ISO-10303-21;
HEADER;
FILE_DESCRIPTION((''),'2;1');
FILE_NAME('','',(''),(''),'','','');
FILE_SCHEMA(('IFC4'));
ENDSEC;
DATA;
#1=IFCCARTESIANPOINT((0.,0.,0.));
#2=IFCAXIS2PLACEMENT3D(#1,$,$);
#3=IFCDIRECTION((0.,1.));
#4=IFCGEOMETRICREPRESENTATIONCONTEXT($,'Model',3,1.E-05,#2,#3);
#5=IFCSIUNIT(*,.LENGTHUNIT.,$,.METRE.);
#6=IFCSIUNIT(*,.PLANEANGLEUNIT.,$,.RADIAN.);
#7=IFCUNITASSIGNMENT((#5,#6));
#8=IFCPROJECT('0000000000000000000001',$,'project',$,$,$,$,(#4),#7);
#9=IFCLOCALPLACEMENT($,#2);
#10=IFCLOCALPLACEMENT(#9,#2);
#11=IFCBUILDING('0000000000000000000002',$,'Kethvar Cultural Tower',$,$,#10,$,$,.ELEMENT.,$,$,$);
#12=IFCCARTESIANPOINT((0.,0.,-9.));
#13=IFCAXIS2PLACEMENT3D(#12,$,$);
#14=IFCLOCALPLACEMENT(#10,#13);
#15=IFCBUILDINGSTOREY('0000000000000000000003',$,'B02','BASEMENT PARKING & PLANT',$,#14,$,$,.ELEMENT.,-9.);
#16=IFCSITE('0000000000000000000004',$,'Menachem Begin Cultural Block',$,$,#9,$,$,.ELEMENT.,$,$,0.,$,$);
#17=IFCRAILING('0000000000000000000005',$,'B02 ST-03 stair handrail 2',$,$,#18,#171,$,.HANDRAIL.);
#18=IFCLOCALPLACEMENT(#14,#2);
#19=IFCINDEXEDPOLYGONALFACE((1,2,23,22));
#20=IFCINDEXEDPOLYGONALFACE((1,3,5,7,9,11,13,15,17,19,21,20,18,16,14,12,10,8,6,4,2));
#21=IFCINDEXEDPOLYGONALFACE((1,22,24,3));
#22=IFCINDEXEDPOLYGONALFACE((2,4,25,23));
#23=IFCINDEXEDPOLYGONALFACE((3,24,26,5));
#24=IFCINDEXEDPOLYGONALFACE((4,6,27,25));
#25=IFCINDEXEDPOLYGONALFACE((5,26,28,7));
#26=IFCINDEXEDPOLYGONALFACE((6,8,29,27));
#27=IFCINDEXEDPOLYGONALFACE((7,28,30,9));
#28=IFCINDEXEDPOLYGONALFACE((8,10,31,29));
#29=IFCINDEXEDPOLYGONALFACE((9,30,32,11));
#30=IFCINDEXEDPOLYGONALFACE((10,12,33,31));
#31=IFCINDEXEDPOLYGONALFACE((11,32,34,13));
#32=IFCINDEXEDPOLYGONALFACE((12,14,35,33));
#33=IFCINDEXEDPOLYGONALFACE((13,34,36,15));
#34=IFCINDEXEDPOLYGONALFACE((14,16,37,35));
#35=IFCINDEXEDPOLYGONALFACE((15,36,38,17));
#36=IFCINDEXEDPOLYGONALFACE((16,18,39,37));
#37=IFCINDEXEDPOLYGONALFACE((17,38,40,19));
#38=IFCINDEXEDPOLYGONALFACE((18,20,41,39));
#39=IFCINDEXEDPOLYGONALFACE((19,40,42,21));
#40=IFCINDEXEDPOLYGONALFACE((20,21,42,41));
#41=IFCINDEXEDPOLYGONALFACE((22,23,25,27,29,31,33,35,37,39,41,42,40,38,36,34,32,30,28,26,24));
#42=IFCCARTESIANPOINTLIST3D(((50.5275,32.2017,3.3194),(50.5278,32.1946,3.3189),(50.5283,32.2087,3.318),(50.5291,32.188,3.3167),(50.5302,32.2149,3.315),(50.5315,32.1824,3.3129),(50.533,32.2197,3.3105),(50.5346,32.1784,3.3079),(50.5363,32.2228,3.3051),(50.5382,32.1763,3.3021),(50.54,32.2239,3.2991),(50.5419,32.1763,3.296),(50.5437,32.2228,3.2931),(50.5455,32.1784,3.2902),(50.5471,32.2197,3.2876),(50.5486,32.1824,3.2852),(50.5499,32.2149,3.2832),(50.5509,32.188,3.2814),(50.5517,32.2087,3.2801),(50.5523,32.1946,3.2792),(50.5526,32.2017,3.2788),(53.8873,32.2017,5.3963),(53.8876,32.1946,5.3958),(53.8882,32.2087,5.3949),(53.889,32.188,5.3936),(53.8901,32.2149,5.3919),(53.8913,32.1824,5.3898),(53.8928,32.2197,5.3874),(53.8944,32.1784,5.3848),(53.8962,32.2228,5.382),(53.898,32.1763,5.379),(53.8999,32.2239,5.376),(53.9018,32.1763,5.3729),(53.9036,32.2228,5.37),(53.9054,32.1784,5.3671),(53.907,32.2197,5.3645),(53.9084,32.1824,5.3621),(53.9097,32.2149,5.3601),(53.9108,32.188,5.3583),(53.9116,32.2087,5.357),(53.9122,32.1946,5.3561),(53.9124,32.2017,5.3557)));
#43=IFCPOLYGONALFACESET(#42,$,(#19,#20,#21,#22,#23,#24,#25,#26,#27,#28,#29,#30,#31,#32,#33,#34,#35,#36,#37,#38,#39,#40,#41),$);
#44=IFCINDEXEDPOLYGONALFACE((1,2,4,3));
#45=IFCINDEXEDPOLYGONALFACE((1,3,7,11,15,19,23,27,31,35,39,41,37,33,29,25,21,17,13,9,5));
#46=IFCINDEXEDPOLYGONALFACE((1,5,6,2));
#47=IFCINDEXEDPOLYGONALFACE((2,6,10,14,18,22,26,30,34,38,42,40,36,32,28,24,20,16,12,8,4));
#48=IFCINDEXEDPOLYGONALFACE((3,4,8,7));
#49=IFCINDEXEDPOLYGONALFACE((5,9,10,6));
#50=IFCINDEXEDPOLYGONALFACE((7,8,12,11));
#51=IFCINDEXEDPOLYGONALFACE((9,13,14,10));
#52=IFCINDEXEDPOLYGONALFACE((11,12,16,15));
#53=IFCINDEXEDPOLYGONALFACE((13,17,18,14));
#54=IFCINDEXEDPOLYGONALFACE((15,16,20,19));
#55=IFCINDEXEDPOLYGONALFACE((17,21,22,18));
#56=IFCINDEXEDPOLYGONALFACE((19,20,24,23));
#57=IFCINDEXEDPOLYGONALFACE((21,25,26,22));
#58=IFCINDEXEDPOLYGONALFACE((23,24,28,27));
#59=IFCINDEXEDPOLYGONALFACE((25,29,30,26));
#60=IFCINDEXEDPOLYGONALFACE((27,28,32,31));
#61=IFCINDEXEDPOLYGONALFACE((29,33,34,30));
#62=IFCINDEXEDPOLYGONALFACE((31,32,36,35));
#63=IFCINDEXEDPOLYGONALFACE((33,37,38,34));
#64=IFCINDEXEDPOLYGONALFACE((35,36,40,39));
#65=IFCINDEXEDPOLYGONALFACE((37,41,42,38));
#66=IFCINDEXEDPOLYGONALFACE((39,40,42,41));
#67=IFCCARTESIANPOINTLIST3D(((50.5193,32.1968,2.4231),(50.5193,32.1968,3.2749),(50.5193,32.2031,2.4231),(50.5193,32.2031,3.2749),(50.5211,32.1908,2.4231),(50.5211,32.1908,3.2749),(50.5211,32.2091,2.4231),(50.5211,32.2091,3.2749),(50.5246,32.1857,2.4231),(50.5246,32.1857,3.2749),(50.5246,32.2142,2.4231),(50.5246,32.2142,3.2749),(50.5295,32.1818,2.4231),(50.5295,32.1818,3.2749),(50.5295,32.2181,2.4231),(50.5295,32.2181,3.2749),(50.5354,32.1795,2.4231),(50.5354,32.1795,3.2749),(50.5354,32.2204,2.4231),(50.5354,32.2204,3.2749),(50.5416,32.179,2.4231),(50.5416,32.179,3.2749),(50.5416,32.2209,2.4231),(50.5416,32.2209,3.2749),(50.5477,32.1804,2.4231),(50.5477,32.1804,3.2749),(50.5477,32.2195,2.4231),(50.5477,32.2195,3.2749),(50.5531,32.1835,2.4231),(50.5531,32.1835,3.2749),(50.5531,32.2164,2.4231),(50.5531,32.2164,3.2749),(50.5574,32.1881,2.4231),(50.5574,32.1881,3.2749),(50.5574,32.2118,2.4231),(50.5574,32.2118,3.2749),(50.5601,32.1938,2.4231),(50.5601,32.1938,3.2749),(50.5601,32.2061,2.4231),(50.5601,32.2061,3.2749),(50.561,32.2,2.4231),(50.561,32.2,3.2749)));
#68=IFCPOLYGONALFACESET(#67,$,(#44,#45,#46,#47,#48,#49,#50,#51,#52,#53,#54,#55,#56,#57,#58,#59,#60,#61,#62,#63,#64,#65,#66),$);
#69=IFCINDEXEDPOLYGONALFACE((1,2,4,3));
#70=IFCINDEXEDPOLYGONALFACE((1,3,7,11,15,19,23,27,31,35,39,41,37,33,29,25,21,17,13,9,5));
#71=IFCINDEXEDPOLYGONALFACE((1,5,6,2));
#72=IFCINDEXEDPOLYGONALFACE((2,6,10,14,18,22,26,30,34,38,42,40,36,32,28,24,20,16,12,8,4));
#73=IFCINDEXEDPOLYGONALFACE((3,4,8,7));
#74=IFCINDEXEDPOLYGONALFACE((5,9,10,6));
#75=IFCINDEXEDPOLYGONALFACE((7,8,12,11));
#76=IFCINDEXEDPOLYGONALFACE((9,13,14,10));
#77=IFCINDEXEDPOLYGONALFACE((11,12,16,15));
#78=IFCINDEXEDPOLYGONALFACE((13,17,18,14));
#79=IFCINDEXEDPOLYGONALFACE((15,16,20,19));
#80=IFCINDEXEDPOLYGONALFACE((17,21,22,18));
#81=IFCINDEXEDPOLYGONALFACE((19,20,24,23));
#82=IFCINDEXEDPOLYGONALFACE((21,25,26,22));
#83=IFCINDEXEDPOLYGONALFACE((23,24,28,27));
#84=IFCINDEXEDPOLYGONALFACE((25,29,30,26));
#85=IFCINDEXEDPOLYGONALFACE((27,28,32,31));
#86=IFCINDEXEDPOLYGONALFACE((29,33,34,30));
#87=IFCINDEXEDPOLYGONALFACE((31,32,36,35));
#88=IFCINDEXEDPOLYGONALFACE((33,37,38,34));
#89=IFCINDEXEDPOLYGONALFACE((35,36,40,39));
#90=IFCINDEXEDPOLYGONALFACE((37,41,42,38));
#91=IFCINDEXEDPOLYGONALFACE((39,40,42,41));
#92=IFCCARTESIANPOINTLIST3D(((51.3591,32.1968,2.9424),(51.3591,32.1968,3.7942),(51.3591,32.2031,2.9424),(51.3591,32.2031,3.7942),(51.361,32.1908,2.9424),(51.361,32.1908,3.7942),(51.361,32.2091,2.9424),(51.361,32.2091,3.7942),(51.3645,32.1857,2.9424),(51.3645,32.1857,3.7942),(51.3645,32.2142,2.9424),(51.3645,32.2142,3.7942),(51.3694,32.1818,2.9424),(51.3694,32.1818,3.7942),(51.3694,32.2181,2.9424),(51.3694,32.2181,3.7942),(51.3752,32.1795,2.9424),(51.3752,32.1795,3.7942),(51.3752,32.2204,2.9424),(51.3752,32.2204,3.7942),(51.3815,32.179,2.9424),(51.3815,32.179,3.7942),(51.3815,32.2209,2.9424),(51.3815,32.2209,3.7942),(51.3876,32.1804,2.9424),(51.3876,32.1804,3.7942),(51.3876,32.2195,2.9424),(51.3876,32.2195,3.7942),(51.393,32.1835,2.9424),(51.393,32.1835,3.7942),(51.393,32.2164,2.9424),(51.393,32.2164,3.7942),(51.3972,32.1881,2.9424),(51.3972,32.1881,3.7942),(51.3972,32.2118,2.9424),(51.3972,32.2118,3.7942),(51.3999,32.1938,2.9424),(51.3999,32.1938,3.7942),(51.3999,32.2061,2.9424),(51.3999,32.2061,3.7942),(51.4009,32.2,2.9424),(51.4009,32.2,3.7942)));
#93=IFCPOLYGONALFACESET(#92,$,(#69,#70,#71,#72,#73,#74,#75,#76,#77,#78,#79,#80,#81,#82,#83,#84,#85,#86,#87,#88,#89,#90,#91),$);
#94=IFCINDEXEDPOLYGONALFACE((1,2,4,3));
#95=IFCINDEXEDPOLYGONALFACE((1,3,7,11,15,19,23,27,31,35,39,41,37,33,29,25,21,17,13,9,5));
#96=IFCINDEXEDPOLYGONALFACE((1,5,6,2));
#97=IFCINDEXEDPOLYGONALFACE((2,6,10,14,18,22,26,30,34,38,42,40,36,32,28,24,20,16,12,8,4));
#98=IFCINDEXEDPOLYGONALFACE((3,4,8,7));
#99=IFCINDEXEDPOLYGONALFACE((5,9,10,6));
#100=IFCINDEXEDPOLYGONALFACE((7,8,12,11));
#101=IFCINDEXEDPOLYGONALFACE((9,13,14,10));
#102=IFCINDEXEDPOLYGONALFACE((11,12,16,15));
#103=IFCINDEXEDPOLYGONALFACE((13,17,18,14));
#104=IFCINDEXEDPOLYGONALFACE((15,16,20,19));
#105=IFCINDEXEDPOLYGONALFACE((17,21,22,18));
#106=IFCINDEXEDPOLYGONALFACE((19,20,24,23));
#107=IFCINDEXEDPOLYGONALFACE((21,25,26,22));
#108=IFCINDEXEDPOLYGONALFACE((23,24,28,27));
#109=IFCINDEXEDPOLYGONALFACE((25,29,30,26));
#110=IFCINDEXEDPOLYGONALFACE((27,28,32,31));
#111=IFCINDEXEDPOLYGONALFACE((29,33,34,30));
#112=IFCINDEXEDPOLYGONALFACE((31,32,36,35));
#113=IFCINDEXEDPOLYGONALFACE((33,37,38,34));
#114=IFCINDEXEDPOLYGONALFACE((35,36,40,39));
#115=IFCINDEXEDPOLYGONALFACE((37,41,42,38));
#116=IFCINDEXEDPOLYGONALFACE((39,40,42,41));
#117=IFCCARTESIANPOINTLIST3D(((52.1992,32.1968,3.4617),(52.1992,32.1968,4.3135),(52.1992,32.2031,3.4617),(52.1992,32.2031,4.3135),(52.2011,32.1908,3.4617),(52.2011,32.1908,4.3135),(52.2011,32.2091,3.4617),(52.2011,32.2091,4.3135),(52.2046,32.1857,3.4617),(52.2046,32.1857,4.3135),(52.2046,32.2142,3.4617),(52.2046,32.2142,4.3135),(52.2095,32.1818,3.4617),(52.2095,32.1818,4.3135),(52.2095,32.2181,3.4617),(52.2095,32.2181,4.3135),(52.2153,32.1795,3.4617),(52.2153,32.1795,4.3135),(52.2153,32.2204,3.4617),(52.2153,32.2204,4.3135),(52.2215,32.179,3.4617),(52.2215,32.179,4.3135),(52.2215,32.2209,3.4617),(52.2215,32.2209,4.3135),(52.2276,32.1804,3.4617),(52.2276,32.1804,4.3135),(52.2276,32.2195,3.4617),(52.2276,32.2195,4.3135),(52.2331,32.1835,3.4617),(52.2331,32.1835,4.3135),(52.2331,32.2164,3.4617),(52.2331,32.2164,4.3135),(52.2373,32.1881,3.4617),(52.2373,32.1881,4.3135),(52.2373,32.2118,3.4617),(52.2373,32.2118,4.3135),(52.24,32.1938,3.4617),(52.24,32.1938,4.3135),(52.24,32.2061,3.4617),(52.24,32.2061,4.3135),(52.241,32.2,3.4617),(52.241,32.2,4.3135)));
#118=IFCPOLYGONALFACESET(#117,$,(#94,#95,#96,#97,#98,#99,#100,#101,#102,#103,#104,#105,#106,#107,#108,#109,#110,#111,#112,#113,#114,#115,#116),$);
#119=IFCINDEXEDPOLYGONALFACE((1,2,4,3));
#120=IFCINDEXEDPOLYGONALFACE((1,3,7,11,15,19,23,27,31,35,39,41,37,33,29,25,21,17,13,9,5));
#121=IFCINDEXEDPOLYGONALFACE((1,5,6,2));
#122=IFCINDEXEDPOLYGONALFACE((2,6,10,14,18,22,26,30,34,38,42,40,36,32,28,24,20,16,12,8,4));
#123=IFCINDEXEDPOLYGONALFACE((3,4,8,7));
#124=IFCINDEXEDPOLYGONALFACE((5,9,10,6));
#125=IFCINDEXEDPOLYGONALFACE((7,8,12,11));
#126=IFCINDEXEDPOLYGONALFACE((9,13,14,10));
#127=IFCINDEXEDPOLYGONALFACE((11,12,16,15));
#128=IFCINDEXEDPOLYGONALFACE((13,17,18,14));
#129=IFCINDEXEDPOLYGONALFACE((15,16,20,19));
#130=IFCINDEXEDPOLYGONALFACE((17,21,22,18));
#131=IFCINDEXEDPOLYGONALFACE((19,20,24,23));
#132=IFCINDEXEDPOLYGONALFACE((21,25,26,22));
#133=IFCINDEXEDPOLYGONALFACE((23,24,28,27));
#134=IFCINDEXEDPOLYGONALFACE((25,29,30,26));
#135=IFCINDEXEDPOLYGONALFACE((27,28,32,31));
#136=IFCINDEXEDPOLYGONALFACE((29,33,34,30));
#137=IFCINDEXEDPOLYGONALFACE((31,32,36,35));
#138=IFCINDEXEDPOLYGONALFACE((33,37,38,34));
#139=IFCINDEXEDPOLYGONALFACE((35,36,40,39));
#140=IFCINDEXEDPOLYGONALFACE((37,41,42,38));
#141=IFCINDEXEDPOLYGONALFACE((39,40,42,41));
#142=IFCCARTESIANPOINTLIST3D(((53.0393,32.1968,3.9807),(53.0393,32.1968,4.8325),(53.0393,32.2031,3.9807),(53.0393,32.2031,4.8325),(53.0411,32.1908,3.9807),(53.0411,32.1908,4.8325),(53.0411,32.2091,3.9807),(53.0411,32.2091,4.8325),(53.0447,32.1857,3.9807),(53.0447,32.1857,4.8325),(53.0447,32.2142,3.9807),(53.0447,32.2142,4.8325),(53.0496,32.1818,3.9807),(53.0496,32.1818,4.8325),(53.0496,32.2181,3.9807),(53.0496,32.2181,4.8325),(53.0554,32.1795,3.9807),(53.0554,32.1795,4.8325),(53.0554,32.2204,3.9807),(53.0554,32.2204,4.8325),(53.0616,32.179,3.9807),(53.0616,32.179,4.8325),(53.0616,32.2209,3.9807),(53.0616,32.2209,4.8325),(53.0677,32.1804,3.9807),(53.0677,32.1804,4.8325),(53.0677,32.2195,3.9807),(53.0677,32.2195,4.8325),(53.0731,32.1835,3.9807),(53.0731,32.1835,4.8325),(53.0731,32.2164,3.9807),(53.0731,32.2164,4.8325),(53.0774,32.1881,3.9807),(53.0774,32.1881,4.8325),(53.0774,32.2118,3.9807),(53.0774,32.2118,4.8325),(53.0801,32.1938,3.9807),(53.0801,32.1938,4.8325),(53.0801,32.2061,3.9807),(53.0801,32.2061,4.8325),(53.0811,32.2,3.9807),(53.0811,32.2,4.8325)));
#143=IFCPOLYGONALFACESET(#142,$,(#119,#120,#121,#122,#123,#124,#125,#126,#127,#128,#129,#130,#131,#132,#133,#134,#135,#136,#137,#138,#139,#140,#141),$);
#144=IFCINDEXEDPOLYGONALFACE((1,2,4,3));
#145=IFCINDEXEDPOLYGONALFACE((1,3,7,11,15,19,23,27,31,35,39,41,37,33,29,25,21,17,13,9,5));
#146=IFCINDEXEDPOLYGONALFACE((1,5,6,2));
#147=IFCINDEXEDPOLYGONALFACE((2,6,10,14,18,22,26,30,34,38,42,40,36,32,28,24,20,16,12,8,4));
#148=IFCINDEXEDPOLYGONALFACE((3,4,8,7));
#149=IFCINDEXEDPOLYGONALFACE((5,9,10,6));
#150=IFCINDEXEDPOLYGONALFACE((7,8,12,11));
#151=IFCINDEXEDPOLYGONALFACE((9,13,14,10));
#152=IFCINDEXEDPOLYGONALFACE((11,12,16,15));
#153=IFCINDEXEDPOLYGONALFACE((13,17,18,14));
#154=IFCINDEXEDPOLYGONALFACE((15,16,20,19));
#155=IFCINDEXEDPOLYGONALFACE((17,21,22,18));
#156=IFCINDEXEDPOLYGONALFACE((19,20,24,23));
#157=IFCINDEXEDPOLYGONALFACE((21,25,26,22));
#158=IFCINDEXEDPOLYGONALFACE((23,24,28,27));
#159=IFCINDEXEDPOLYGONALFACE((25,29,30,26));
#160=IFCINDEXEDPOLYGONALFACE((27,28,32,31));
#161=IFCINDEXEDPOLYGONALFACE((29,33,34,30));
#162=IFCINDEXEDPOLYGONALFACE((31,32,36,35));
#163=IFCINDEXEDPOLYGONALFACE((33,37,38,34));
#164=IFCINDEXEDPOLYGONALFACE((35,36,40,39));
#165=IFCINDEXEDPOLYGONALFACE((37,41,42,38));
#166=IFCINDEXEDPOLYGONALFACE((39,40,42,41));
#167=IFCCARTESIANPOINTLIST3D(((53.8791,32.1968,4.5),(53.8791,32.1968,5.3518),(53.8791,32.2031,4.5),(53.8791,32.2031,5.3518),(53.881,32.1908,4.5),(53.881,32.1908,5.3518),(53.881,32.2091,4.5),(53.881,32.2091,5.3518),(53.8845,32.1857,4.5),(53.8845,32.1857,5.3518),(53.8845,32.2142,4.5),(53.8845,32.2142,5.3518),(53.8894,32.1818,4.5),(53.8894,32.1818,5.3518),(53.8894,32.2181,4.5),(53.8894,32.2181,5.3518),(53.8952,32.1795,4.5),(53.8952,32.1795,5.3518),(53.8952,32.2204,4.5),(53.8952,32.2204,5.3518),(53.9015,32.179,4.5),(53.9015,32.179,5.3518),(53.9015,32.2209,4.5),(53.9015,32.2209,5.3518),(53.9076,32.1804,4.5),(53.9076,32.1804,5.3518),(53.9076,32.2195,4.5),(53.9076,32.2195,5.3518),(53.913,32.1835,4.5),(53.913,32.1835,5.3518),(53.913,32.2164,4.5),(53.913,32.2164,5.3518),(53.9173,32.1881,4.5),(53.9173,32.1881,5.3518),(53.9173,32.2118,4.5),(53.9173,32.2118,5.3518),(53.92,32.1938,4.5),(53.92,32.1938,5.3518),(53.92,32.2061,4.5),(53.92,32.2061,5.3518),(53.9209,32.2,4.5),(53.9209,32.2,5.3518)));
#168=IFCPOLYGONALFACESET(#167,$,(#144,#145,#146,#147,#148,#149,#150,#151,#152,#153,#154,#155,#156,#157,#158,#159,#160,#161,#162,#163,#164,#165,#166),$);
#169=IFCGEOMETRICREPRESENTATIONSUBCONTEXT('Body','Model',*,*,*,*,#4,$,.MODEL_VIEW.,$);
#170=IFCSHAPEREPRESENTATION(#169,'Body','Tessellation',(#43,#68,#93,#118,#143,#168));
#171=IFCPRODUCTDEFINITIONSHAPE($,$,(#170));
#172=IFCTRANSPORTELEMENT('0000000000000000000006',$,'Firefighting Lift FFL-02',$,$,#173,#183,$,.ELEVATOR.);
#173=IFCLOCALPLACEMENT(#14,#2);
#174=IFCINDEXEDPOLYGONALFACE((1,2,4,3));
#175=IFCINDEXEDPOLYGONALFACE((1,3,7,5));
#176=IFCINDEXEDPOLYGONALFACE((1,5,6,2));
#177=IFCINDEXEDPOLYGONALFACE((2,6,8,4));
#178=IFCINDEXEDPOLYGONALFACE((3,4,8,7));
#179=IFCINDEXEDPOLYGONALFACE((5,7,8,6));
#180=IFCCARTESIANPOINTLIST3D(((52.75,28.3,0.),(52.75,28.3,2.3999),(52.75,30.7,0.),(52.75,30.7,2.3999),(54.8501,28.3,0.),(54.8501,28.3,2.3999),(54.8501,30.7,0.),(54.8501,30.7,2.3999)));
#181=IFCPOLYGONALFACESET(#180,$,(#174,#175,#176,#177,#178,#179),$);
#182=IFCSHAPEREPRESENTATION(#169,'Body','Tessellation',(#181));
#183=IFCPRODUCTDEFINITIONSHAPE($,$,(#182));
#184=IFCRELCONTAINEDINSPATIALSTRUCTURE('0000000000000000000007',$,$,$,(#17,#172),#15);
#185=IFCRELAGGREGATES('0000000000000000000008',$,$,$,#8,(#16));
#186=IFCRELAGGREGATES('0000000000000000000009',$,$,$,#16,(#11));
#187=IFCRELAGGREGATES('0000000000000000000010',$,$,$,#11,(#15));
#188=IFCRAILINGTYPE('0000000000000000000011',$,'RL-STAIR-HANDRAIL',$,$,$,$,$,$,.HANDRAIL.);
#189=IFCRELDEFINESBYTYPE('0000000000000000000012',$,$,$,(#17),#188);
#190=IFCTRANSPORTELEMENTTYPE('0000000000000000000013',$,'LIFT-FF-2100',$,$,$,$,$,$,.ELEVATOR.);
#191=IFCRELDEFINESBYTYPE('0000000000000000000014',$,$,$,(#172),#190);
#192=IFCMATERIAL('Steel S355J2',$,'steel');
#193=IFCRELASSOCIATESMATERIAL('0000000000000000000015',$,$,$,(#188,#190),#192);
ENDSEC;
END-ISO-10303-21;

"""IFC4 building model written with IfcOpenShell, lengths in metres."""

from ifc_helpers import new_model, si_unit, direction, frame, origin, origin_2d, place, context, subcontext, project, spatial, rectangle, circle, extrude, source, transform, mapped, material, type_object, element, save


model = new_model("IFC4")

# Units and contexts
model_context = context("Model", 3, precision=1e-05, world=origin(), true_north=direction((0.0, 1.0)))
body_context = subcontext(model_context, "Body", "Model", "MODEL_VIEW")
ifc_project = project(units=[si_unit("LENGTHUNIT", "METRE"), si_unit("PLANEANGLEUNIT", "RADIAN")], contexts=[model_context])

# Site, building, storey
site_placement = place(None, origin())
site = spatial("IfcSite", under=ifc_project, at=site_placement, Name="Menachem Begin Cultural Block", CompositionType="ELEMENT", RefElevation=0.0)
building_placement = place(site_placement, origin())
building = spatial("IfcBuilding", under=site, at=building_placement, Name="Kethvar Cultural Tower", CompositionType="ELEMENT")
storey_placement = place(building_placement, frame((0.0, 0.0, -9.0)))
storey = spatial("IfcBuildingStorey", under=building, at=storey_placement, Name="B02", Description="BASEMENT PARKING & PLANT", CompositionType="ELEMENT", Elevation=-9.0)

# Shared definitions
ifc_material_1 = material(Name="Steel S355J2", Category="steel")

# Railing
railing_type_1 = type_object("IfcRailingType", Name="RL-STAIR-HANDRAIL", PredefinedType="HANDRAIL", material=ifc_material_1)
railing_1_placement = place(storey_placement, frame((50.54, 32.2, 2.4231)))
element("IfcRailing", 1, at=railing_1_placement, inside=storey, type_object=railing_type_1, Name="B02 ST-03 stair handrail 2", PredefinedType="HANDRAIL", context=body_context, shape_type="SweptSolid", body=[
    extrude(circle(Radius=0.0239, at=origin_2d()), frame((0.0, 0.0, 0.876), z_axis=(0.850606, 0.0, 0.525803), x_axis=(0.0, 1.0, 0.0)), (0.0, 0.0, 1.0), 3.95),
    extrude(circle(Radius=0.021, at=origin_2d()), origin(), (0.0, 0.0, 1.0), 0.8518),
    extrude(circle(Radius=0.021, at=origin_2d()), frame((0.8398, 0.0, 0.5193)), (0.0, 0.0, 1.0), 0.8518),
    extrude(circle(Radius=0.021, at=origin_2d()), frame((1.6799, 0.0, 1.0386)), (0.0, 0.0, 1.0), 0.8518),
    extrude(circle(Radius=0.021, at=origin_2d()), frame((2.52, 0.0, 1.5576)), (0.0, 0.0, 1.0), 0.8518),
    extrude(circle(Radius=0.021, at=origin_2d()), frame((3.3599, 0.0, 2.0769)), (0.0, 0.0, 1.0), 0.8518),
])

# Transport element
transport_element_type = type_object("IfcTransportElementType", Name="LIFT-FF-2100", PredefinedType="ELEVATOR", material=ifc_material_1)
shared_shape_1 = source(origin(), body_context, "Body", "SweptSolid", [
    extrude(rectangle(XDim=2.1001, YDim=2.3999, at=origin_2d()), origin(), (0.0, 0.0, 1.0), 2.3999),
])
transport_element_placement = place(storey_placement, frame((53.8, 29.5, 0.0), z_axis=(0.0, 0.0, 1.0), x_axis=(1.0, 0.0, 0.0)))
element("IfcTransportElement", 2, at=transport_element_placement, inside=storey, type_object=transport_element_type, Name="Firefighting Lift FFL-02", PredefinedType="ELEVATOR", context=body_context, shape_type="MappedRepresentation", body=[
    mapped(shared_shape_1, transform((0.0, 0.0, 0.0), scale=1.0)),
])

save(model, "model.ifc")
